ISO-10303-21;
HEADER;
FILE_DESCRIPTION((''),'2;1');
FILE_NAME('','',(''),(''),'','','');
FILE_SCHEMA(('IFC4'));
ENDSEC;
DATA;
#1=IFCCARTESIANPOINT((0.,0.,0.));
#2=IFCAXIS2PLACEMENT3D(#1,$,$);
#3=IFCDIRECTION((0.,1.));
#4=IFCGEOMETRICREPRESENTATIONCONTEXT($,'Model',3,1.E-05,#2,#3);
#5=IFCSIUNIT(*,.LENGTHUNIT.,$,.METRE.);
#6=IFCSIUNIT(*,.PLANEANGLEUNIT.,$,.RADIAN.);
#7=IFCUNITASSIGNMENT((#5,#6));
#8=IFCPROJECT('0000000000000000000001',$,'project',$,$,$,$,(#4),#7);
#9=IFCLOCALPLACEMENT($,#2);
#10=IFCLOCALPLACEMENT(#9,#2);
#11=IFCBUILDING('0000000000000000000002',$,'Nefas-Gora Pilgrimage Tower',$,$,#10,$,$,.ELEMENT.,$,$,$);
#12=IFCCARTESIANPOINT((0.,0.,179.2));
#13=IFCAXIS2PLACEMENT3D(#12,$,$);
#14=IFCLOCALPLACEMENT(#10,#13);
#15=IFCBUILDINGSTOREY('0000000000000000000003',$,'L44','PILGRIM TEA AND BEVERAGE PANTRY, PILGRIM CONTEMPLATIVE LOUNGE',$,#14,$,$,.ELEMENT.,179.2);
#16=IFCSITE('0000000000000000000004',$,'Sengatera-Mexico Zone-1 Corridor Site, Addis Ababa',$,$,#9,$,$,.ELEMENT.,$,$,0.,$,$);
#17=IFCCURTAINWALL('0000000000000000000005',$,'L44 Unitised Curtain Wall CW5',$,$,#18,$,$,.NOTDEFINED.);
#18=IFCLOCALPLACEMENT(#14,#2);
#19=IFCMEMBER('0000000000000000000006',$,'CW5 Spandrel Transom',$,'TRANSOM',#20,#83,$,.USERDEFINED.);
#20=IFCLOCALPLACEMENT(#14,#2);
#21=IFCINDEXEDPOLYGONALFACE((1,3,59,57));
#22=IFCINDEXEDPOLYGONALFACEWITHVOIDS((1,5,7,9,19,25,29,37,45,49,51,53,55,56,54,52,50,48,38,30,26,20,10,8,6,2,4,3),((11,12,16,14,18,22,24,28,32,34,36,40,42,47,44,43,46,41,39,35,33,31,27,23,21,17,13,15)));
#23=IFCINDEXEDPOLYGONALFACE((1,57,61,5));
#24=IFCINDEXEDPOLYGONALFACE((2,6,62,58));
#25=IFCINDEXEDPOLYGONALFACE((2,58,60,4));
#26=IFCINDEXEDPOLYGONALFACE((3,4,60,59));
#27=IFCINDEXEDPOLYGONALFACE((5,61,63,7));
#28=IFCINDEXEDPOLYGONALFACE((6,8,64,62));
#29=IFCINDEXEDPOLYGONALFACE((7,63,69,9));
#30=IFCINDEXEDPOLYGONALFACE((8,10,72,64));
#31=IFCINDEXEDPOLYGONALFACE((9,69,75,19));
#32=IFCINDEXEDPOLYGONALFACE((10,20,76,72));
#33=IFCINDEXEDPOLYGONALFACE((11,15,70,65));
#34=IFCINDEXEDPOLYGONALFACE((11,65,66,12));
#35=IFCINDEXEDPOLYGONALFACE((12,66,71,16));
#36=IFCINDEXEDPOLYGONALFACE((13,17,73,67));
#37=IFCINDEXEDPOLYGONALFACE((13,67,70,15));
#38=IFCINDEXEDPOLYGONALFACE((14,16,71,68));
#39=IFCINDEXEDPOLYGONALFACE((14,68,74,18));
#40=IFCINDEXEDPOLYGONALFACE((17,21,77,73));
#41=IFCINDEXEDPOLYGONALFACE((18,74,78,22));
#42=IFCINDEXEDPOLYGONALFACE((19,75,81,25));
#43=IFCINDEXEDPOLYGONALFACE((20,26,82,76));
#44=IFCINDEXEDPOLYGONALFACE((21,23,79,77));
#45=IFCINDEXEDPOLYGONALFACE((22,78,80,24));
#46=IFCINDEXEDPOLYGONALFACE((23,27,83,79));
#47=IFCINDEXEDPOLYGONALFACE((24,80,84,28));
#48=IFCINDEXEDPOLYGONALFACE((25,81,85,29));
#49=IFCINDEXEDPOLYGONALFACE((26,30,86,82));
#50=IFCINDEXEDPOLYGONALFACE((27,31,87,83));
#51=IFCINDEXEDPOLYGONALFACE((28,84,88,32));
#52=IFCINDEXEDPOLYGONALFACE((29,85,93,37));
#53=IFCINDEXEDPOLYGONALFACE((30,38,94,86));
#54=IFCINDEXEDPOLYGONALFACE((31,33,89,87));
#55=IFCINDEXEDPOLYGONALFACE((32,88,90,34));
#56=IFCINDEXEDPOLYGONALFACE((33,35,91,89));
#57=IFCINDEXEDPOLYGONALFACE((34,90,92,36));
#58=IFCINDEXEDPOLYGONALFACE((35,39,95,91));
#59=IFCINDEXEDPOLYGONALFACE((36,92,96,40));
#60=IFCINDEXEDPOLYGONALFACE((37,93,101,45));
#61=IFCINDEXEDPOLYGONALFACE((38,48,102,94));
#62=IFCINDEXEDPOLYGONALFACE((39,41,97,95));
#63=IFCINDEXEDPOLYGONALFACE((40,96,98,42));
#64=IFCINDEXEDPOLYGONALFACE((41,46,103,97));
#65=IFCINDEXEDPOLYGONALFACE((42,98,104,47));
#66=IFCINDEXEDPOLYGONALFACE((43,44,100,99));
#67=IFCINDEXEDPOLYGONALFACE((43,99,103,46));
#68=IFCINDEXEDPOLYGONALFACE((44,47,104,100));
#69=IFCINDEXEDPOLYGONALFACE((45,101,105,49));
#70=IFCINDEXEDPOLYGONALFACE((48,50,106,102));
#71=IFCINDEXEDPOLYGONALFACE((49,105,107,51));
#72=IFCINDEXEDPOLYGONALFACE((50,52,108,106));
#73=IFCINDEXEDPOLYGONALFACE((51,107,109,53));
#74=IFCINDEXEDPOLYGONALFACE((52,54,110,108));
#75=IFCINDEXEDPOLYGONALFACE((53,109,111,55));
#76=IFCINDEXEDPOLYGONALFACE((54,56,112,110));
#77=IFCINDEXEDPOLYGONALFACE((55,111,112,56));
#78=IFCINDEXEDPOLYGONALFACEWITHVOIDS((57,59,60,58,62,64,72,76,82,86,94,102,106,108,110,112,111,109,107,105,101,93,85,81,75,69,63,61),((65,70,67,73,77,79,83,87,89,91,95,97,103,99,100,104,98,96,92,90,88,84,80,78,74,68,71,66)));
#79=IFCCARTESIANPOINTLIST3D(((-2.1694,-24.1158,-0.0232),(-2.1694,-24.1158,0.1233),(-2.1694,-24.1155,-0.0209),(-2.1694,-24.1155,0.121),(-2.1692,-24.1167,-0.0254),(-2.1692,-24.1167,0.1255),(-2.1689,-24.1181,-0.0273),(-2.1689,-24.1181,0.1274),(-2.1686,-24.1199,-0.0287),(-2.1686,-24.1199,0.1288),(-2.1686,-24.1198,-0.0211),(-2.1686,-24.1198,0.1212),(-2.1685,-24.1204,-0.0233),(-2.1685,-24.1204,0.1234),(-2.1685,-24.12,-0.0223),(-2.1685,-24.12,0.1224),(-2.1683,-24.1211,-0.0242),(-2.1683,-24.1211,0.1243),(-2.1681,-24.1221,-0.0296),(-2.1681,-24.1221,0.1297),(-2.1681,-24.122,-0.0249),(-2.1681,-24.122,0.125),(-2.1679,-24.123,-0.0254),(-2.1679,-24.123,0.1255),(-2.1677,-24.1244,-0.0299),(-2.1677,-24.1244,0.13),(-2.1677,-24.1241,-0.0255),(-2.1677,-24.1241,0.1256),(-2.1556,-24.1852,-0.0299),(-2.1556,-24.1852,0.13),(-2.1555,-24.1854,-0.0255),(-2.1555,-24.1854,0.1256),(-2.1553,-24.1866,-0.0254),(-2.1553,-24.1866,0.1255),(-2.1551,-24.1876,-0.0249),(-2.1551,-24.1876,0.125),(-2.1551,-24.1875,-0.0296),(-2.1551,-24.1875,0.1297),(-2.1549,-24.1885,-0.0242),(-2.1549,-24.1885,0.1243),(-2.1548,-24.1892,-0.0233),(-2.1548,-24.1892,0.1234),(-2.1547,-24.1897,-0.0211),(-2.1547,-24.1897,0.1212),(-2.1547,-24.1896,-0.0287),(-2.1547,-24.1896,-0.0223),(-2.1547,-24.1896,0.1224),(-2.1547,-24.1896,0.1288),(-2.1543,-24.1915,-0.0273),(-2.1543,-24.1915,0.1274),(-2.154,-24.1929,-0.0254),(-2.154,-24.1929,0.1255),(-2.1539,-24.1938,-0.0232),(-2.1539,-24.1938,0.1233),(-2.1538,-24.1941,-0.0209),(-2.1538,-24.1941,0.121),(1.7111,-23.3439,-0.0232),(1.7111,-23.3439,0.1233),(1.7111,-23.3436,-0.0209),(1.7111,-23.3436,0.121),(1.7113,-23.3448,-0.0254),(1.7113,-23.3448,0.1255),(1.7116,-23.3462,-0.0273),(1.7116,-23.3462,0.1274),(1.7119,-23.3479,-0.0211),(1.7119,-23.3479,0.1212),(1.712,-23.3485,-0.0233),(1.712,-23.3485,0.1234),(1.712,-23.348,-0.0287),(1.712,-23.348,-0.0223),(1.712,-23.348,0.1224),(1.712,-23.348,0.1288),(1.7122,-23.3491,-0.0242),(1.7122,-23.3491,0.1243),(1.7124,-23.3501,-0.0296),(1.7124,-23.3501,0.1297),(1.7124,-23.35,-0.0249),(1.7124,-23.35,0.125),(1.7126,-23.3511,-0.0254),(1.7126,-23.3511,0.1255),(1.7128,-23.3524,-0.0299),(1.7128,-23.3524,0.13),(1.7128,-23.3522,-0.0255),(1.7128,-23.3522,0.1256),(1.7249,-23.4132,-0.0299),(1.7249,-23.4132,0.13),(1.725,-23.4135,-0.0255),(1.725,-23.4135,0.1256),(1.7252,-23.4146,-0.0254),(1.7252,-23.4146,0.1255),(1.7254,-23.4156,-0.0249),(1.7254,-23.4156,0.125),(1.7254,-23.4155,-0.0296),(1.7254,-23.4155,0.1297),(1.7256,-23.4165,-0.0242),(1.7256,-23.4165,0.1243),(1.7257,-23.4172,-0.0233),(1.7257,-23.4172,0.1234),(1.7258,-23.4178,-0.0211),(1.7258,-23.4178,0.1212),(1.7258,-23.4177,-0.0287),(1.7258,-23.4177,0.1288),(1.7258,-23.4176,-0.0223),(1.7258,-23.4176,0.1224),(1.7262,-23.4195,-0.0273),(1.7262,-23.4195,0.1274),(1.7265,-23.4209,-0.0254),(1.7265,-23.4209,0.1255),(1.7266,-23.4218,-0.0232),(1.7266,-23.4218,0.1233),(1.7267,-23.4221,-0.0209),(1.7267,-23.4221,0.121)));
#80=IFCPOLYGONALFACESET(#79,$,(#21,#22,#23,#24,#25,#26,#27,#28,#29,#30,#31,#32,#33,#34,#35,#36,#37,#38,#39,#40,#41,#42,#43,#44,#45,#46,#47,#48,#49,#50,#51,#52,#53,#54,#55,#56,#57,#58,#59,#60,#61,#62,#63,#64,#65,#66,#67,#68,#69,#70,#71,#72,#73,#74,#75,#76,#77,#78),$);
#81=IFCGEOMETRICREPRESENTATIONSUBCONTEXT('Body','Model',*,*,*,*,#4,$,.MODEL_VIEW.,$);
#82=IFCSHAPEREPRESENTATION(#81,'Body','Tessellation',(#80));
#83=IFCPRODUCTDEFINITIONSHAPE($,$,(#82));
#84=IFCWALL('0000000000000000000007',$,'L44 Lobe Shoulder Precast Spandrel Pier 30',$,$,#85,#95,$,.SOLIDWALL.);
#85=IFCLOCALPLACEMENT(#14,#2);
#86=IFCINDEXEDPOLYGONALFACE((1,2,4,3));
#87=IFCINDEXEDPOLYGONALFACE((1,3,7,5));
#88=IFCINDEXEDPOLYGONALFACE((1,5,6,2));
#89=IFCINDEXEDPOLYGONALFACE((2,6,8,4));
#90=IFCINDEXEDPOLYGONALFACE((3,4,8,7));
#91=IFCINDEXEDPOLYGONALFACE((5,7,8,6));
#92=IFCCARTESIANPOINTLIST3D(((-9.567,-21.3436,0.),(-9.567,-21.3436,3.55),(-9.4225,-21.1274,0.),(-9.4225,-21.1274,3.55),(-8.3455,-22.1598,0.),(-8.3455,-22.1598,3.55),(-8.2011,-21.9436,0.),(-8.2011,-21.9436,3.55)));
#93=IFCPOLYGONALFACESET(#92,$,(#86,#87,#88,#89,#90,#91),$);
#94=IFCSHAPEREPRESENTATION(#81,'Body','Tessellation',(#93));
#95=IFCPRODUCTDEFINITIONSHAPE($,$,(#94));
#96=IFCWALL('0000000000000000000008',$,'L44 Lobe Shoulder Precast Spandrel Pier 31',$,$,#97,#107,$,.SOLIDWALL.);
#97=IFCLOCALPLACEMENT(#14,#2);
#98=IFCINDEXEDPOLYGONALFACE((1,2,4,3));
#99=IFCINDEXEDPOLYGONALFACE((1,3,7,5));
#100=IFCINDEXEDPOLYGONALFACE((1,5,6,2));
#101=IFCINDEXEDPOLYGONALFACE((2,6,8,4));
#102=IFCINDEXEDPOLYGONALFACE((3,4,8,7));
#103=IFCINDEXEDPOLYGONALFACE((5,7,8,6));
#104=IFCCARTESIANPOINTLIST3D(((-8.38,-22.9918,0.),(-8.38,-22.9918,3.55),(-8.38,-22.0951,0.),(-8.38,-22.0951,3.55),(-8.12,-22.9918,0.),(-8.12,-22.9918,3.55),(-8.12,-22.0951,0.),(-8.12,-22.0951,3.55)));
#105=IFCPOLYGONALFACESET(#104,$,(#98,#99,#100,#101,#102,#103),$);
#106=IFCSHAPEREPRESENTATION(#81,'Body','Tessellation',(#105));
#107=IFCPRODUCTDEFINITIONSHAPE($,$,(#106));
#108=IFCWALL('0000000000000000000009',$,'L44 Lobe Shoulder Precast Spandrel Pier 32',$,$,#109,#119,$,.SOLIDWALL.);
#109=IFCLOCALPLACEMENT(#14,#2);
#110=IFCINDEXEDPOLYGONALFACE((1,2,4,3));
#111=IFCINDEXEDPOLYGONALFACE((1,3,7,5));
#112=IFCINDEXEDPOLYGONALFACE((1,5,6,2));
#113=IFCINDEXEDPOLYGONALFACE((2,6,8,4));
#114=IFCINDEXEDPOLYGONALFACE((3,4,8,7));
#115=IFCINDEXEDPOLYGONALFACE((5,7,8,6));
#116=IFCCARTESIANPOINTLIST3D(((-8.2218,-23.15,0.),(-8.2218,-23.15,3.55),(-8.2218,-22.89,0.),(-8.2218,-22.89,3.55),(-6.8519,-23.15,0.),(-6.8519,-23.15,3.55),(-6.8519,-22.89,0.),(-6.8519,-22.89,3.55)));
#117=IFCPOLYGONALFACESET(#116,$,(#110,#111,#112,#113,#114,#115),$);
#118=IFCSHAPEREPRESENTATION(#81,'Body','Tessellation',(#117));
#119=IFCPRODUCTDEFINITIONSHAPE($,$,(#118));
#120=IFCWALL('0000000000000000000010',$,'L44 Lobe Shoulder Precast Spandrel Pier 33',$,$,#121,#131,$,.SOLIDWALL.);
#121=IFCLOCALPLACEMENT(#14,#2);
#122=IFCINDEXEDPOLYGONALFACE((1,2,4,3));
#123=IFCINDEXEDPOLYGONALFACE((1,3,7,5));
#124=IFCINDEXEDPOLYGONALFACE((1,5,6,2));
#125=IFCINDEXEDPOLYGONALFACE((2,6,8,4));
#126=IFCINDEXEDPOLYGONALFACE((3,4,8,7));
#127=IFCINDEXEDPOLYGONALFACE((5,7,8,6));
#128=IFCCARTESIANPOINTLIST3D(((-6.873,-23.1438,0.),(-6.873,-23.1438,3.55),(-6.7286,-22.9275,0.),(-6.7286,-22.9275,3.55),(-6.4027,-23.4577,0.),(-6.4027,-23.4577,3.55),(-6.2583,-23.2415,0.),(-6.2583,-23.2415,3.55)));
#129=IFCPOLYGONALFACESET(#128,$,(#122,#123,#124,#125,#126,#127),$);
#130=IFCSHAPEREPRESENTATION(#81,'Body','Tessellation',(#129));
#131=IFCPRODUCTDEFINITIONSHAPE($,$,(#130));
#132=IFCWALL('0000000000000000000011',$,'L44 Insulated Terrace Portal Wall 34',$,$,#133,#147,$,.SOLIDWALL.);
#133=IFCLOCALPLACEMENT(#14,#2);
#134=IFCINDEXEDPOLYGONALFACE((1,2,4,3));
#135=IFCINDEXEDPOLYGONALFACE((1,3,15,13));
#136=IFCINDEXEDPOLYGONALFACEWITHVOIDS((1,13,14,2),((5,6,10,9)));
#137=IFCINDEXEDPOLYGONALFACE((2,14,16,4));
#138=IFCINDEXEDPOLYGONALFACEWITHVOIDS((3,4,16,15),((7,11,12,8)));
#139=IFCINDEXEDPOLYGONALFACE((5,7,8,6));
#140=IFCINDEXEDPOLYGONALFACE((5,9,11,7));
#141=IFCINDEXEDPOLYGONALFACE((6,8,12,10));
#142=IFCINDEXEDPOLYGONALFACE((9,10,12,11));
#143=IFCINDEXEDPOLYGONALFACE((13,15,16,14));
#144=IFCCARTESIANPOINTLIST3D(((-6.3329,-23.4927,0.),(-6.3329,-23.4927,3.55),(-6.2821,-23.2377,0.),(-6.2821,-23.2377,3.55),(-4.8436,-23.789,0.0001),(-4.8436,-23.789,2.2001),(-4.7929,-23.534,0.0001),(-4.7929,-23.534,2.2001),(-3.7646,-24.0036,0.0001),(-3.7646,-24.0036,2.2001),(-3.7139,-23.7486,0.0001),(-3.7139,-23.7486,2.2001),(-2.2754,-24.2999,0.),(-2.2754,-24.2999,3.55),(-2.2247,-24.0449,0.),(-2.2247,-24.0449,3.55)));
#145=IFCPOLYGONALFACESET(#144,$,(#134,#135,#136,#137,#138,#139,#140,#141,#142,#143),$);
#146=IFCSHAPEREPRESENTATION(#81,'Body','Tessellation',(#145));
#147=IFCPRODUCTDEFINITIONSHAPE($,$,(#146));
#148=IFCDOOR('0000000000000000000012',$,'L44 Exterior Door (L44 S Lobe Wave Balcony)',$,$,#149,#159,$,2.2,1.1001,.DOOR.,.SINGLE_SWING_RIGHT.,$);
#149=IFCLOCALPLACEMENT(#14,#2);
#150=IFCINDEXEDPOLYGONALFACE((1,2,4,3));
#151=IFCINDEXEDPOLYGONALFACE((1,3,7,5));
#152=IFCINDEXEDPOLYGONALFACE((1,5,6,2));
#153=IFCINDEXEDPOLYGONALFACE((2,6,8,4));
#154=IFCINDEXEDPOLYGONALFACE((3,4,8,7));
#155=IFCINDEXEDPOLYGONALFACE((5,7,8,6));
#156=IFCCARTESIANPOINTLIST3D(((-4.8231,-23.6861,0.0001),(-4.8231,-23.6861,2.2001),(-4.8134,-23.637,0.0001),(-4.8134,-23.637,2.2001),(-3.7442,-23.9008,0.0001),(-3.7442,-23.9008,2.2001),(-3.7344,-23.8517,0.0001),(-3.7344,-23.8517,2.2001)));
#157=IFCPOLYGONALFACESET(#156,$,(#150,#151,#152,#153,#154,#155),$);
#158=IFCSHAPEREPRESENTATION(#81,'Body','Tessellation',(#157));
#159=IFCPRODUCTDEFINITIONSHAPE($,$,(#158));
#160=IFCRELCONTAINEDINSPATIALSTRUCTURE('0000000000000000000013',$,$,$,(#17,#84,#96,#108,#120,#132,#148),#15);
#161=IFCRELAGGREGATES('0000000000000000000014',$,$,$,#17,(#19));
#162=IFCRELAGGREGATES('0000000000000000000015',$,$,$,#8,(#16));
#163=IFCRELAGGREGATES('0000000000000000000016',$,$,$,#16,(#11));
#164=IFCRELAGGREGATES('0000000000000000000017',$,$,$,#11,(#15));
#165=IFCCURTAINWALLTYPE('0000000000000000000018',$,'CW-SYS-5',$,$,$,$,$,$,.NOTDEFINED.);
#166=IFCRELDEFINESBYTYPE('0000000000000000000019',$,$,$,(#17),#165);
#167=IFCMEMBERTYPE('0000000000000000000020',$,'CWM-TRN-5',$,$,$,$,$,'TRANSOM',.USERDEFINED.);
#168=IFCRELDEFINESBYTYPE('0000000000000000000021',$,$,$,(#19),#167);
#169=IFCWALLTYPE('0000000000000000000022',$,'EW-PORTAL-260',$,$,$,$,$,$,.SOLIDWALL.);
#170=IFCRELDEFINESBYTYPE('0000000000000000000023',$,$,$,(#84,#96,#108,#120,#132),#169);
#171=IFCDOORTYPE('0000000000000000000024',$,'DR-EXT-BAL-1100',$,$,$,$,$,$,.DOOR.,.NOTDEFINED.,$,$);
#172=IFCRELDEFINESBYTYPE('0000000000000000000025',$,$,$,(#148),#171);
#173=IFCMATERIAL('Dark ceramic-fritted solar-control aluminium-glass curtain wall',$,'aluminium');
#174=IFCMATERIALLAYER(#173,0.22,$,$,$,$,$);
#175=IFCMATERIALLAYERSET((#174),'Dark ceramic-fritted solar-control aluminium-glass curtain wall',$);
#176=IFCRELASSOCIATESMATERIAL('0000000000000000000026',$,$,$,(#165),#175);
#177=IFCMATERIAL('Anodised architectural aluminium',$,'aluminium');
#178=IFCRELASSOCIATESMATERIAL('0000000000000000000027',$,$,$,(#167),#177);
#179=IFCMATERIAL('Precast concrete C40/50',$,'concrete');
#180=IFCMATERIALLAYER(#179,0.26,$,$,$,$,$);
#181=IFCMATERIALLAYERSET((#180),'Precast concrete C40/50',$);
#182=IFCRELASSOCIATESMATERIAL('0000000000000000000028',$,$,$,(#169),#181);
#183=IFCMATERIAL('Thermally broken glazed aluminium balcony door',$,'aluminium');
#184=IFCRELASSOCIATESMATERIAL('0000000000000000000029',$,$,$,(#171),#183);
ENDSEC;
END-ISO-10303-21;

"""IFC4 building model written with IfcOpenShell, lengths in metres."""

from ifc_helpers import new_model, si_unit, direction, frame, frame_2d, origin, origin_2d, place, context, subcontext, project, spatial, rectangle, hollow_rectangle, extrude, source, transform, mapped, material, layer, layer_set, material_profile, profile_set, type_object, element, fill, aggregate, save


model = new_model("IFC4")

# Units and contexts
model_context = context("Model", 3, precision=1e-05, world=origin(), true_north=direction((0.0, 1.0)))
body_context = subcontext(model_context, "Body", "Model", "MODEL_VIEW")
ifc_project = project(units=[si_unit("LENGTHUNIT", "METRE"), si_unit("PLANEANGLEUNIT", "RADIAN")], contexts=[model_context])

# Site, building, storey
site_placement = place(None, origin())
site = spatial("IfcSite", under=ifc_project, at=site_placement, Name="Sengatera-Mexico Zone-1 Corridor Site, Addis Ababa", CompositionType="ELEMENT", RefElevation=0.0)
building_placement = place(site_placement, origin())
building = spatial("IfcBuilding", under=site, at=building_placement, Name="Nefas-Gora Pilgrimage Tower", CompositionType="ELEMENT")
storey_placement = place(building_placement, frame((0.0, 0.0, 179.2)))
storey = spatial("IfcBuildingStorey", under=building, at=storey_placement, Name="L44", Description="PILGRIM TEA AND BEVERAGE PANTRY, PILGRIM CONTEMPLATIVE LOUNGE", CompositionType="ELEMENT", Elevation=179.2)

# Shared definitions
ifc_material_1 = material(Name="Dark ceramic-fritted solar-control aluminium-glass curtain wall", Category="aluminium")
ifc_layer_1 = layer(ifc_material_1, 0.22)
ifc_layer_set_1 = layer_set([ifc_layer_1], Name="Dark ceramic-fritted solar-control aluminium-glass curtain wall")
curtain_wall_type = type_object("IfcCurtainWallType", Name="CW-SYS-5", PredefinedType="NOTDEFINED", material=ifc_layer_set_1)
ifc_material_2 = material(Name="Anodised architectural aluminium", Category="aluminium")

# Curtain wall, member
curtain_wall_1_placement = place(storey_placement, origin())
curtain_wall_1 = element("IfcCurtainWall", 1, at=curtain_wall_1_placement, inside=storey, type_object=curtain_wall_type, Name="L44 Unitised Curtain Wall CW5", PredefinedType="NOTDEFINED")
ifc_material_profile_1 = material_profile(ifc_material_2, hollow_rectangle(XDim=0.0801, YDim=0.1599, WallThickness=0.0044, InnerFilletRadius=0.0044, OuterFilletRadius=0.009, at=origin_2d()), Name="ALU TRANSOM 80x160")
ifc_profile_set_1 = profile_set([ifc_material_profile_1], Name="Anodised architectural aluminium")
member_type_1 = type_object("IfcMemberType", Name="CWM-TRN-5", ElementType="TRANSOM", PredefinedType="USERDEFINED", material=ifc_profile_set_1)
shared_shape_1 = source(origin(), body_context, "Body", "SweptSolid", [
    extrude(hollow_rectangle(XDim=0.0801, YDim=0.1599, WallThickness=0.0044, InnerFilletRadius=0.0044, OuterFilletRadius=0.009, at=origin_2d()), origin(), (0.0, 0.0, 1.0), 3.9565),
])
member_1_placement = place(storey_placement, frame((-2.1616, -24.1548, 0.05), z_axis=(0.980782, 0.195107, 0.0), x_axis=(-0.195107, 0.980782, 0.0)))
member_1 = element("IfcMember", 2, at=member_1_placement, type_object=member_type_1, Name="CW5 Spandrel Transom", ObjectType="TRANSOM", PredefinedType="USERDEFINED", context=body_context, shape_type="MappedRepresentation", body=[
    mapped(shared_shape_1, transform((0.0, 0.0, 0.0), x_axis=(1.0, 0.0, 0.0), y_axis=(0.0, 1.0, 0.0), z_axis=(0.0, 0.0, 1.0), scale=1.0)),
])
aggregate(curtain_wall_1, [member_1])

# Walls
ifc_material_3 = material(Name="Precast concrete C40/50", Category="concrete")
ifc_layer_2 = layer(ifc_material_3, 0.26)
ifc_layer_set_2 = layer_set([ifc_layer_2], Name="Precast concrete C40/50")
wall_type_1 = type_object("IfcWallType", Name="EW-PORTAL-260", PredefinedType="SOLIDWALL", material=ifc_layer_set_2)
shared_shape_2 = source(origin(), body_context, "Body", "SweptSolid", [
    extrude(rectangle(XDim=1.469, YDim=0.26, at=frame_2d((0.7344, 0.0))), origin(), (0.0, 0.0, 1.0), 3.55),
])
wall_1_placement = place(storey_placement, frame((-9.4946, -21.2356, 0.0), z_axis=(0.0, 0.0, 1.0), x_axis=(0.831462, -0.555582, 0.0)))
element("IfcWall", 3, at=wall_1_placement, inside=storey, type_object=wall_type_1, Name="L44 Lobe Shoulder Precast Spandrel Pier 30", PredefinedType="SOLIDWALL", context=body_context, shape_type="MappedRepresentation", body=[
    mapped(shared_shape_2, transform((0.0, 0.0, 0.0), x_axis=(1.0, 0.0, 0.0), y_axis=(0.0, 1.0, 0.0), z_axis=(0.0, 0.0, 1.0), scale=1.0)),
])
shared_shape_3 = source(origin(), body_context, "Body", "SweptSolid", [
    extrude(rectangle(XDim=0.8967, YDim=0.26, at=frame_2d((0.4482, 0.0))), origin(), (0.0, 0.0, 1.0), 3.55),
])
wall_2_placement = place(storey_placement, frame((-8.25, -22.0952, 0.0), z_axis=(0.0, 0.0, 1.0), x_axis=(0.0, -1.0, 0.0)))
element("IfcWall", 4, at=wall_2_placement, inside=storey, type_object=wall_type_1, Name="L44 Lobe Shoulder Precast Spandrel Pier 31", PredefinedType="SOLIDWALL", context=body_context, shape_type="MappedRepresentation", body=[
    mapped(shared_shape_3, transform((0.0, 0.0, 0.0), x_axis=(1.0, 0.0, 0.0), y_axis=(0.0, 1.0, 0.0), z_axis=(0.0, 0.0, 1.0), scale=1.0)),
])
shared_shape_4 = source(origin(), body_context, "Body", "SweptSolid", [
    extrude(rectangle(XDim=1.3699, YDim=0.26, at=frame_2d((0.6851, 0.0))), origin(), (0.0, 0.0, 1.0), 3.55),
])
wall_3_placement = place(storey_placement, frame((-8.2219, -23.02, 0.0), z_axis=(0.0, 0.0, 1.0), x_axis=(1.0, 0.0, 0.0)))
element("IfcWall", 5, at=wall_3_placement, inside=storey, type_object=wall_type_1, Name="L44 Lobe Shoulder Precast Spandrel Pier 32", PredefinedType="SOLIDWALL", context=body_context, shape_type="MappedRepresentation", body=[
    mapped(shared_shape_4, transform((0.0, 0.0, 0.0), x_axis=(1.0, 0.0, 0.0), y_axis=(0.0, 1.0, 0.0), z_axis=(0.0, 0.0, 1.0), scale=1.0)),
])
shared_shape_5 = source(origin(), body_context, "Body", "SweptSolid", [
    extrude(rectangle(XDim=0.5654, YDim=0.26, at=frame_2d((0.2827, 0.0))), origin(), (0.0, 0.0, 1.0), 3.55),
])
wall_4_placement = place(storey_placement, frame((-6.8008, -23.0356, 0.0), z_axis=(0.0, 0.0, 1.0), x_axis=(0.831651, -0.555298, 0.0)))
element("IfcWall", 6, at=wall_4_placement, inside=storey, type_object=wall_type_1, Name="L44 Lobe Shoulder Precast Spandrel Pier 33", PredefinedType="SOLIDWALL", context=body_context, shape_type="MappedRepresentation", body=[
    mapped(shared_shape_5, transform((0.0, 0.0, 0.0), x_axis=(1.0, 0.0, 0.0), y_axis=(0.0, 1.0, 0.0), z_axis=(0.0, 0.0, 1.0), scale=1.0)),
])

# Wall, opening, door
shared_shape_6 = source(origin(), body_context, "Body", "SweptSolid", [
    extrude(rectangle(XDim=4.137, YDim=0.26, at=frame_2d((2.0684, 0.0))), origin(), (0.0, 0.0, 1.0), 3.55),
])
wall_5_placement = place(storey_placement, frame((-6.3074, -23.3652, 0.0), z_axis=(0.0, 0.0, 1.0), x_axis=(0.980782, -0.195106, 0.0)))
wall_5 = element("IfcWall", 7, at=wall_5_placement, inside=storey, type_object=wall_type_1, Name="L44 Insulated Terrace Portal Wall 34", PredefinedType="SOLIDWALL", context=body_context, shape_type="MappedRepresentation", body=[
    mapped(shared_shape_6, transform((0.0, 0.0, 0.0), x_axis=(1.0, 0.0, 0.0), y_axis=(0.0, 1.0, 0.0), z_axis=(0.0, 0.0, 1.0), scale=1.0)),
])
opening_1_placement = place(wall_5_placement, frame((1.5183, 0.0, 0.0)))
opening_1 = element("IfcOpeningElement", 8, at=opening_1_placement, cuts=wall_5, PredefinedType="OPENING", context=body_context, shape_type="SweptSolid", body=[
    extrude(rectangle(XDim=1.1001, YDim=2.2, at=frame_2d((0.55, 1.1001))), frame((0.0, 0.1399, 0.0), z_axis=(0.0, -1.0, 0.0), x_axis=(1.0, 0.0, 0.0)), (0.0, 0.0, 1.0), 0.28),
])
ifc_material_4 = material(Name="Thermally broken glazed aluminium balcony door", Category="aluminium")
door_type_1 = type_object("IfcDoorType", Name="DR-EXT-BAL-1100", OperationType="NOTDEFINED", PredefinedType="DOOR", material=ifc_material_4)
shared_shape_7 = source(origin(), body_context, "Body", "SweptSolid", [
    extrude(rectangle(XDim=1.1001, YDim=2.2, at=frame_2d((0.55, 1.1001))), frame((0.0, 0.0249, 0.0), z_axis=(0.0, -1.0, 0.0), x_axis=(1.0, 0.0, 0.0)), (0.0, 0.0, 1.0), 0.05),
])
door_1_placement = place(opening_1_placement, origin())
door_1 = element("IfcDoor", 9, at=door_1_placement, inside=storey, type_object=door_type_1, Name="L44 Exterior Door (L44 S Lobe Wave Balcony)", OperationType="SINGLE_SWING_RIGHT", OverallHeight=2.2, OverallWidth=1.1001, PredefinedType="DOOR", context=body_context, shape_type="MappedRepresentation", body=[
    mapped(shared_shape_7, transform((0.0, 0.0, 0.0), x_axis=(1.0, 0.0, 0.0), y_axis=(0.0, 1.0, 0.0), z_axis=(0.0, 0.0, 1.0), scale=1.0)),
])
fill(opening_1, door_1)

save(model, "model.ifc")
